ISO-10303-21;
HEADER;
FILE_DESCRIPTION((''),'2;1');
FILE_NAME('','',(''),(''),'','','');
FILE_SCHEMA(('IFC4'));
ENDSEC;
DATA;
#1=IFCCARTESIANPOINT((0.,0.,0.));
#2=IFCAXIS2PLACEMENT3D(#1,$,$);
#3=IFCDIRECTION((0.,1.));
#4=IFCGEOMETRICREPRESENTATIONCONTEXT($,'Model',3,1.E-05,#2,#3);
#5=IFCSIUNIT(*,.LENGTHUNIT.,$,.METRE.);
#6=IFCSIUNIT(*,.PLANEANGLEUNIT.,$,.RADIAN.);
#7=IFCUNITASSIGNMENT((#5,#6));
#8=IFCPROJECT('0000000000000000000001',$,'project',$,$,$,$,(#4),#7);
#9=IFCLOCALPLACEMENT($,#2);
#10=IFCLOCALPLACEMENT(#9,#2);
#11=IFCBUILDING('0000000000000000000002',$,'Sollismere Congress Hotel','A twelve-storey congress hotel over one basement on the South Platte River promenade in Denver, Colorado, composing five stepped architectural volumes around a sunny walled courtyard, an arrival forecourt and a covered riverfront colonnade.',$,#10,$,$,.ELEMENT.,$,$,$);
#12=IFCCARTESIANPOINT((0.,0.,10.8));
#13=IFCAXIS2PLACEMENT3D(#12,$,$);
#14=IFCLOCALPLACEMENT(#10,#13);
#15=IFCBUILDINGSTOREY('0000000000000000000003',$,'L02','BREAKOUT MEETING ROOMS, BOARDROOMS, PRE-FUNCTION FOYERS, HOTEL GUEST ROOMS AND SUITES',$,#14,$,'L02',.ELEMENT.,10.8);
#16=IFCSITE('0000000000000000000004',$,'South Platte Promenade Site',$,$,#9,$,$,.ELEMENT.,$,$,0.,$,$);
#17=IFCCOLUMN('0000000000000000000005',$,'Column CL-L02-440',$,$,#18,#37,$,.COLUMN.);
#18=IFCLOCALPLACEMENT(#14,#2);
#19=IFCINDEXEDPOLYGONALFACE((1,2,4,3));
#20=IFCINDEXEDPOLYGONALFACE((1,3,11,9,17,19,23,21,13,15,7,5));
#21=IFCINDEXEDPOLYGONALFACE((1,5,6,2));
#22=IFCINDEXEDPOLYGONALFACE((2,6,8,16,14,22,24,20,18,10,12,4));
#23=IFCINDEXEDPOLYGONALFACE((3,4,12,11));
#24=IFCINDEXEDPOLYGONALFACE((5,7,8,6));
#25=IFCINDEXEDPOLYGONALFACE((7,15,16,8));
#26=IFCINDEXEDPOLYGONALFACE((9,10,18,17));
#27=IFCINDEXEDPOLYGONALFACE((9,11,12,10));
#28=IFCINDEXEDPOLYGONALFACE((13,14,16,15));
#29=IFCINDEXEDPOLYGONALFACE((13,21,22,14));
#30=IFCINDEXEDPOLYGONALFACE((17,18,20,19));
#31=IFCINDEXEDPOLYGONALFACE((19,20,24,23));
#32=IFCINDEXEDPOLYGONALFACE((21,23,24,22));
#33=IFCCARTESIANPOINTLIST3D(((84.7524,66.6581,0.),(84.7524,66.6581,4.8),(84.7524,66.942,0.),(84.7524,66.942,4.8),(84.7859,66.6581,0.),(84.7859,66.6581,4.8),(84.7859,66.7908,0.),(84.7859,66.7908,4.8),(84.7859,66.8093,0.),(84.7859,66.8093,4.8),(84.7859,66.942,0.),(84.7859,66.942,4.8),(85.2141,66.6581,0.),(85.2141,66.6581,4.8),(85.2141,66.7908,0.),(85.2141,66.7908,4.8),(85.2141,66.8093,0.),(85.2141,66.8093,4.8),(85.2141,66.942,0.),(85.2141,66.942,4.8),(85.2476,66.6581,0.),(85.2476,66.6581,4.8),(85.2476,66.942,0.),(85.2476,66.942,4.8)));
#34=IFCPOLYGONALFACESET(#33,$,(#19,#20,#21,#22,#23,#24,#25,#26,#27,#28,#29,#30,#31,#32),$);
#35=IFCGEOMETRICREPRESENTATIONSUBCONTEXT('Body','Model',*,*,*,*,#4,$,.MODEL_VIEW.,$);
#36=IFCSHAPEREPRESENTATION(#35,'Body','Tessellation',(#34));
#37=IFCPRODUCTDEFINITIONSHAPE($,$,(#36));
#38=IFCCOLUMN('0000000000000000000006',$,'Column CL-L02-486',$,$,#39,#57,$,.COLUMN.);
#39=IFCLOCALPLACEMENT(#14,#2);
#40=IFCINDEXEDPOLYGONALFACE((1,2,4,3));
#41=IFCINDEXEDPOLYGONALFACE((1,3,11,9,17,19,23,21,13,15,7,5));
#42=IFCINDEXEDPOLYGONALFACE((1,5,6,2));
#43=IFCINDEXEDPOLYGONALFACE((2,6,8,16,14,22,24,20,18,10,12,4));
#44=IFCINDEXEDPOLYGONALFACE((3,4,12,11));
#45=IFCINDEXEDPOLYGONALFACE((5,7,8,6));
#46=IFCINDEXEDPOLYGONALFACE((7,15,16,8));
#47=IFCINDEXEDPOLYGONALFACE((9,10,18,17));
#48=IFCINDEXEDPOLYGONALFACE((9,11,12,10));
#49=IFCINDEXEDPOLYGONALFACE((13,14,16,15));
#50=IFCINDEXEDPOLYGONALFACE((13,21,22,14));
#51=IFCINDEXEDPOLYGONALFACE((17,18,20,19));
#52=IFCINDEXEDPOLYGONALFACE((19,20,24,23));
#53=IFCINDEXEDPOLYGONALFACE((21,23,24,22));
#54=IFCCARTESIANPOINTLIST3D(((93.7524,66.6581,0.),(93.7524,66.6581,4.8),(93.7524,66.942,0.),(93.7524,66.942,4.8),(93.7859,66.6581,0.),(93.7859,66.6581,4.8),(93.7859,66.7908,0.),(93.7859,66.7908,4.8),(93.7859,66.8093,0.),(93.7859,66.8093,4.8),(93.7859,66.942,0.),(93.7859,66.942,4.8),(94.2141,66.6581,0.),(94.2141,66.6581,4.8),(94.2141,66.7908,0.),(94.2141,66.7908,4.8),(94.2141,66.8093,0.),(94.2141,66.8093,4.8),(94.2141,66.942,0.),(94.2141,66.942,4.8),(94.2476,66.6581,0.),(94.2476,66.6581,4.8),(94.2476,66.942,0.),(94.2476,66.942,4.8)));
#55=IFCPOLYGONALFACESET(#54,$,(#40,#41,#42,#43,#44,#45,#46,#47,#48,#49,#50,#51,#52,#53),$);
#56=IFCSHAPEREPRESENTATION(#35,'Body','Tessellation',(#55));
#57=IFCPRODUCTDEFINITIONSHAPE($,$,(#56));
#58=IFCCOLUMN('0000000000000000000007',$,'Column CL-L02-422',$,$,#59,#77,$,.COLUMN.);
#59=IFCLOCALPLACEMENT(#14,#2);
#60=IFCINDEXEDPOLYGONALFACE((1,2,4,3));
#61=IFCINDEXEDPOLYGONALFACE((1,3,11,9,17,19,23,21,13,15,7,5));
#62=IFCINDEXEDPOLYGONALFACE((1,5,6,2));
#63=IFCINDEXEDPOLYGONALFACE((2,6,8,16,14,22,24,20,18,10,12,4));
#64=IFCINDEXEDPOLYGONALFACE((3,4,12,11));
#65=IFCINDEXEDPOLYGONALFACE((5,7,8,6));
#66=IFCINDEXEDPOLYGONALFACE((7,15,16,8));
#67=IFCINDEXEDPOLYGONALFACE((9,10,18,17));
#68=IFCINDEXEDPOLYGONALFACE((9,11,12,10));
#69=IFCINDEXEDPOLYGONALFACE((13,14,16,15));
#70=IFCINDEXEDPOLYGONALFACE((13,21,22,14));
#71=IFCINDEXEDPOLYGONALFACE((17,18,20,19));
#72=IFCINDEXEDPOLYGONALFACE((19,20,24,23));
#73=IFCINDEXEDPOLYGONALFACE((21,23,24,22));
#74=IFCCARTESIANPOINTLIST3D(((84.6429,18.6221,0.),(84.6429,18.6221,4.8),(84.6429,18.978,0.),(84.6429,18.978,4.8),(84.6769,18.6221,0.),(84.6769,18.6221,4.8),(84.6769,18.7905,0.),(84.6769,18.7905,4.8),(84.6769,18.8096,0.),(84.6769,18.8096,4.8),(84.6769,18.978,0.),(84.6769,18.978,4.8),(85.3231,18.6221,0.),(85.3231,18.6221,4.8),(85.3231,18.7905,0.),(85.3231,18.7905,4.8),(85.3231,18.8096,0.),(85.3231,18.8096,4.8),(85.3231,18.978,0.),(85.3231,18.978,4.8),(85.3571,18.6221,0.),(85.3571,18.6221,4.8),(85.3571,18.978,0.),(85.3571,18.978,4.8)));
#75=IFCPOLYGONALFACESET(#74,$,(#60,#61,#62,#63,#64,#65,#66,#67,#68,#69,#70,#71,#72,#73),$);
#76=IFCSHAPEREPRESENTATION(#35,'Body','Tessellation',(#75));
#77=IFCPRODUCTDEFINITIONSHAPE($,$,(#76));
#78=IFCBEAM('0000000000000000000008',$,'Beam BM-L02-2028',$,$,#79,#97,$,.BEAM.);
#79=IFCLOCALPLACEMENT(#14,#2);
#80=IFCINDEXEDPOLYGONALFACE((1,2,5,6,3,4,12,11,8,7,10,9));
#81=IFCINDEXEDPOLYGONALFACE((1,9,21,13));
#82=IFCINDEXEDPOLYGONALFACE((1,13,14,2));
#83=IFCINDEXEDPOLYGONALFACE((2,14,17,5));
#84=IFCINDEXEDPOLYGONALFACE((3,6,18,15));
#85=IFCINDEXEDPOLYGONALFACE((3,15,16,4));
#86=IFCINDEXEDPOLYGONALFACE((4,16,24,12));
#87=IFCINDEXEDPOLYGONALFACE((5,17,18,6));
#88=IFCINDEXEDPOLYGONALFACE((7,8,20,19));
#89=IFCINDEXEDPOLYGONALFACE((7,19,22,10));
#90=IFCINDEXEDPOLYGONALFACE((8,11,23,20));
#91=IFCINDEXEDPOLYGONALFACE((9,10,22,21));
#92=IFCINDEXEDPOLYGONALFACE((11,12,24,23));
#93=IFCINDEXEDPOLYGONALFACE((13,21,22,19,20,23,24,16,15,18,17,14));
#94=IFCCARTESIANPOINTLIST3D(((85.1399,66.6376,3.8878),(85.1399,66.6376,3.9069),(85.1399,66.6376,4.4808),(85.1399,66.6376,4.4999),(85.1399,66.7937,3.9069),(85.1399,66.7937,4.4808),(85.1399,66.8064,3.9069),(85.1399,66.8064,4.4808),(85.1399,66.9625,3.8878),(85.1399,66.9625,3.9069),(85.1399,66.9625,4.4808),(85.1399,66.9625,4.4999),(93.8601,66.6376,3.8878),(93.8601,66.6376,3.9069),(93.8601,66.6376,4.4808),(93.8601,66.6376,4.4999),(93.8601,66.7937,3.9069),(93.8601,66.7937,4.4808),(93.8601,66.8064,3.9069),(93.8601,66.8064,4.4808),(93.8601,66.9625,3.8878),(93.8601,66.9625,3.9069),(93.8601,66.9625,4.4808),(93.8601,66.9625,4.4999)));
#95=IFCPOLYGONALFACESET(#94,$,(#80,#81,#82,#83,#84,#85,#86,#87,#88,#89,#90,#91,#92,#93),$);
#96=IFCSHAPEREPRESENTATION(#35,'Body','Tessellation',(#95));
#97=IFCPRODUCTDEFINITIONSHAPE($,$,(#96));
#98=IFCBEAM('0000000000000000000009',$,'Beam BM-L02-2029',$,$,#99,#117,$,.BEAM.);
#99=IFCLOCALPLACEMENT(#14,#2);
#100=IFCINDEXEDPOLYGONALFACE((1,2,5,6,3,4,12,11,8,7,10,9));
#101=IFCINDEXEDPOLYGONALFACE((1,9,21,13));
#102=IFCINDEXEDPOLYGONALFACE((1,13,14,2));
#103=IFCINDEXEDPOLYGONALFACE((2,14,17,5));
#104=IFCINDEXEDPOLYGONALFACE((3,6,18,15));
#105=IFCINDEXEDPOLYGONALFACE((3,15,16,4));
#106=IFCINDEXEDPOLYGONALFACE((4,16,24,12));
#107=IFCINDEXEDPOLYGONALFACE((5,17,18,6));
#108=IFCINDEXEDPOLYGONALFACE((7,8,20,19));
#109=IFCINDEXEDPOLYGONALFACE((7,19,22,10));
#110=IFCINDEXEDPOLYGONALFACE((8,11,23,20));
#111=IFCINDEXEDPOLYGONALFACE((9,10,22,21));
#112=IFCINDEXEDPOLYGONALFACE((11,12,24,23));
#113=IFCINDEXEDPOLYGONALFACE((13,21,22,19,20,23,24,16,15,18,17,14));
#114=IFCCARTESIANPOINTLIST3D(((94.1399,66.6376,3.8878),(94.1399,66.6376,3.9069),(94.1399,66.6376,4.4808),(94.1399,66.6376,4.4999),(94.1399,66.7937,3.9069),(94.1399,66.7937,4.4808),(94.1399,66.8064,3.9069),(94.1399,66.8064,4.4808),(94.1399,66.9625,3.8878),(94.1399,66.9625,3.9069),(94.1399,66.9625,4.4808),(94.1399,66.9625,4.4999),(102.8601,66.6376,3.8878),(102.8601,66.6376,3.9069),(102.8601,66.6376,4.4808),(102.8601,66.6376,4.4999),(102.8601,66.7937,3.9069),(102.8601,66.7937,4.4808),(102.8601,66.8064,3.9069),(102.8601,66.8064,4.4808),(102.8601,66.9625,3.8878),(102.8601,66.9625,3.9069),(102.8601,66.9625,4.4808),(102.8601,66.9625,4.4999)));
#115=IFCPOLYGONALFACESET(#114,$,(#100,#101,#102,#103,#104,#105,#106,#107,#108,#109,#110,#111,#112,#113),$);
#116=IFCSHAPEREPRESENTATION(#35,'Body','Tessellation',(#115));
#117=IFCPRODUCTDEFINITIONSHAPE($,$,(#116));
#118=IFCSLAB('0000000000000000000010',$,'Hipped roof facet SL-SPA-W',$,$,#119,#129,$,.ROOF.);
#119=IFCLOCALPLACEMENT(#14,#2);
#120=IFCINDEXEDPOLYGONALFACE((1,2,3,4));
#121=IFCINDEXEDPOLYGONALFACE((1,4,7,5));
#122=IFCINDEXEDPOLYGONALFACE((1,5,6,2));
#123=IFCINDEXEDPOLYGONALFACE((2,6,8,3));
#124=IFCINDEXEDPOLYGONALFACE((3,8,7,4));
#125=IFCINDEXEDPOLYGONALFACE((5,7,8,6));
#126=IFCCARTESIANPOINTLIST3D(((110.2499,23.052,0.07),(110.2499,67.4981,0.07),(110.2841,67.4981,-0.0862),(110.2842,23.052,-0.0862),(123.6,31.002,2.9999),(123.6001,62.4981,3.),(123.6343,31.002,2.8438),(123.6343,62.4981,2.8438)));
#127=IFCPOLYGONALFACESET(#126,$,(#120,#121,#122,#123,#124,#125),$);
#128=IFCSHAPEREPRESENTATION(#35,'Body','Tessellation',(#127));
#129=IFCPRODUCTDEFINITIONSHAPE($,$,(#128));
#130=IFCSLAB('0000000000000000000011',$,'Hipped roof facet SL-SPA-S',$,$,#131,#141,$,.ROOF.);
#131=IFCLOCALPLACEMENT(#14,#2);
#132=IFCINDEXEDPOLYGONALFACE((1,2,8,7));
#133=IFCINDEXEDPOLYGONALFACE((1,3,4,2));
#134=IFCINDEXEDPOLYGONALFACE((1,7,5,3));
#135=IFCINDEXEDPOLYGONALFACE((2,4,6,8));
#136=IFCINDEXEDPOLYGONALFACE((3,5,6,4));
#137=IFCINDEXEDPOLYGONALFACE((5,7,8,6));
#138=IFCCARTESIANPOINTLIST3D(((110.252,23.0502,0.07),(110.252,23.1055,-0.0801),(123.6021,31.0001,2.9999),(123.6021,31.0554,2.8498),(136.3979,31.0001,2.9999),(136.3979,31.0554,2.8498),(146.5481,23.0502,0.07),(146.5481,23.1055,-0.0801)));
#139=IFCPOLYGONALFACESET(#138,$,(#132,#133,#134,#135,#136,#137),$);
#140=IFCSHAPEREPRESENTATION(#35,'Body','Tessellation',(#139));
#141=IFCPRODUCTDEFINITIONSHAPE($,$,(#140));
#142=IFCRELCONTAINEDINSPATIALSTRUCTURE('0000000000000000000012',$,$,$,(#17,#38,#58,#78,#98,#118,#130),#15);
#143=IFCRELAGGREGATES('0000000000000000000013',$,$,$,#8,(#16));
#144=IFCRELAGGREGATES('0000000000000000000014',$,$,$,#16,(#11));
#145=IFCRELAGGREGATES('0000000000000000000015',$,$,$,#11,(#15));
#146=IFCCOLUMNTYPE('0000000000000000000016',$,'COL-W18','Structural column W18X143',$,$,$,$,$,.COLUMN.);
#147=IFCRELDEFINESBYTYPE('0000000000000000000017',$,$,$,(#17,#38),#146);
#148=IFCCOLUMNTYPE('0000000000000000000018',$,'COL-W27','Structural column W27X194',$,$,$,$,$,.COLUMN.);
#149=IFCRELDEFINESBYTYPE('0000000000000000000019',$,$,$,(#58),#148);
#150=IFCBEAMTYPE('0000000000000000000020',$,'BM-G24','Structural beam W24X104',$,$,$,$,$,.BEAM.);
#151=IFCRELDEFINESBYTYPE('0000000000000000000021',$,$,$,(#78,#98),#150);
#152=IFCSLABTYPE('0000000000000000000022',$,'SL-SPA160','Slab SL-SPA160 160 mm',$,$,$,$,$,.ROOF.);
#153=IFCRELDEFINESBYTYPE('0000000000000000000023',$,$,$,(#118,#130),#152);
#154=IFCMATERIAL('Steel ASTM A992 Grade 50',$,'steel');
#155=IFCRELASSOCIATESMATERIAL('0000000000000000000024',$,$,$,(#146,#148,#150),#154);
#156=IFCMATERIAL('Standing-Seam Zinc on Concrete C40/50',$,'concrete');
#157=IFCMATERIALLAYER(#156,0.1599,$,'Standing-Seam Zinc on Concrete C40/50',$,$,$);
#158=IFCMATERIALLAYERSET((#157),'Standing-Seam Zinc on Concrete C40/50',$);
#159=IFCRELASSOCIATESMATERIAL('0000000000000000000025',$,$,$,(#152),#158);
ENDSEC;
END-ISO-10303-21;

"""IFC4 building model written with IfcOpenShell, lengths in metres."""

from ifc_helpers import new_model, si_unit, direction, frame, origin, origin_2d, place, context, subcontext, project, spatial, polyline, i_section, outline, extrude, material, layer, layer_set, material_profile, profile_set, type_object, element, save


model = new_model("IFC4")

# Units and contexts
model_context = context("Model", 3, precision=1e-05, world=origin(), true_north=direction((0.0, 1.0)))
body_context = subcontext(model_context, "Body", "Model", "MODEL_VIEW")
ifc_project = project(units=[si_unit("LENGTHUNIT", "METRE"), si_unit("PLANEANGLEUNIT", "RADIAN")], contexts=[model_context])

# Site, building, storey
site_placement = place(None, origin())
site = spatial("IfcSite", under=ifc_project, at=site_placement, Name="South Platte Promenade Site", CompositionType="ELEMENT", RefElevation=0.0)
building_placement = place(site_placement, origin())
building = spatial("IfcBuilding", under=site, at=building_placement, Name="Sollismere Congress Hotel", Description="A twelve-storey congress hotel over one basement on the South Platte River promenade in Denver, Colorado, composing five stepped architectural volumes around a sunny walled courtyard, an arrival forecourt and a covered riverfront colonnade.", CompositionType="ELEMENT")
storey_placement = place(building_placement, frame((0.0, 0.0, 10.8)))
storey = spatial("IfcBuildingStorey", under=building, at=storey_placement, Name="L02", Description="BREAKOUT MEETING ROOMS, BOARDROOMS, PRE-FUNCTION FOYERS, HOTEL GUEST ROOMS AND SUITES", LongName="L02", CompositionType="ELEMENT", Elevation=10.8)

# Columns
ifc_material_1 = material(Name="Steel ASTM A992 Grade 50", Category="steel")
ifc_material_profile_1 = material_profile(ifc_material_1, i_section(OverallWidth=0.2839, OverallDepth=0.4951, WebThickness=0.0186, FlangeThickness=0.0334, at=origin_2d()), Name="W18X143")
ifc_profile_set_1 = profile_set([ifc_material_profile_1], Name="Steel ASTM A992 Grade 50")
column_type_1 = type_object("IfcColumnType", Name="COL-W18", Description="Structural column W18X143", PredefinedType="COLUMN", material=ifc_profile_set_1)
for number, where, z_axis, x_axis, name in (
    (1, (85.0, 66.8, 0.0), (0.0, 0.0, 1.0), (0.0, 1.0, 0.0), "Column CL-L02-440"),
    (2, (94.0, 66.8, 0.0), (0.0, 0.0, 1.0), (0.0, 1.0, 0.0), "Column CL-L02-486"),
):
    element("IfcColumn", number, at=place(storey_placement, frame(where, z_axis=z_axis, x_axis=x_axis)), inside=storey, type_object=column_type_1, Name=name, PredefinedType="COLUMN", context=body_context, shape_type="SweptSolid", body=[
        extrude(i_section(OverallWidth=0.2839, OverallDepth=0.4951, WebThickness=0.0186, FlangeThickness=0.0334, at=origin_2d()), origin(), (0.0, 0.0, 1.0), 4.8),
    ])
ifc_material_profile_2 = material_profile(ifc_material_1, i_section(OverallWidth=0.356, OverallDepth=0.7141, WebThickness=0.019, FlangeThickness=0.0339, at=origin_2d()), Name="W27X194")
ifc_profile_set_2 = profile_set([ifc_material_profile_2], Name="Steel ASTM A992 Grade 50")
column_type_2 = type_object("IfcColumnType", Name="COL-W27", Description="Structural column W27X194", PredefinedType="COLUMN", material=ifc_profile_set_2)
column_placement = place(storey_placement, frame((85.0, 18.8, 0.0), z_axis=(0.0, 0.0, 1.0), x_axis=(0.0, 1.0, 0.0)))
element("IfcColumn", 3, at=column_placement, inside=storey, type_object=column_type_2, Name="Column CL-L02-422", PredefinedType="COLUMN", context=body_context, shape_type="SweptSolid", body=[
    extrude(i_section(OverallWidth=0.356, OverallDepth=0.7141, WebThickness=0.019, FlangeThickness=0.0339, at=origin_2d()), origin(), (0.0, 0.0, 1.0), 4.8),
])

# Beams
ifc_material_profile_3 = material_profile(ifc_material_1, i_section(OverallWidth=0.325, OverallDepth=0.6121, WebThickness=0.0127, FlangeThickness=0.019, at=origin_2d()), Name="W24X104")
ifc_profile_set_3 = profile_set([ifc_material_profile_3], Name="Steel ASTM A992 Grade 50")
beam_type = type_object("IfcBeamType", Name="BM-G24", Description="Structural beam W24X104", PredefinedType="BEAM", material=ifc_profile_set_3)
for number, where, z_axis, x_axis, name in (
    (4, (85.1399, 66.8, 4.1938), (1.0, 0.0, 0.0), (0.0, 1.0, 0.0), "Beam BM-L02-2028"),
    (5, (94.1399, 66.8, 4.1938), (1.0, 0.0, 0.0), (0.0, 1.0, 0.0), "Beam BM-L02-2029"),
):
    element("IfcBeam", number, at=place(storey_placement, frame(where, z_axis=z_axis, x_axis=x_axis)), inside=storey, type_object=beam_type, Name=name, PredefinedType="BEAM", context=body_context, shape_type="SweptSolid", body=[
        extrude(i_section(OverallWidth=0.325, OverallDepth=0.6121, WebThickness=0.0127, FlangeThickness=0.019, at=origin_2d()), origin(), (0.0, 0.0, 1.0), 8.7202),
    ])

# Slabs
ifc_material_2 = material(Name="Standing-Seam Zinc on Concrete C40/50", Category="concrete")
ifc_layer_1 = layer(ifc_material_2, 0.1599, Name="Standing-Seam Zinc on Concrete C40/50")
ifc_layer_set_1 = layer_set([ifc_layer_1], Name="Standing-Seam Zinc on Concrete C40/50")
slab_type = type_object("IfcSlabType", Name="SL-SPA160", Description="Slab SL-SPA160 160 mm", PredefinedType="ROOF", material=ifc_layer_set_1)
slab_1_placement = place(storey_placement, frame((110.2842, 23.052, -0.0862), z_axis=(-0.214367, 0.0, 0.976753), x_axis=(0.844315, 0.502788, 0.185301)))
element("IfcSlab", 6, at=slab_1_placement, inside=storey, type_object=slab_type, Name="Hipped roof facet SL-SPA-W", PredefinedType="ROOF", context=body_context, shape_type="SweptSolid", body=[
    extrude(outline(polyline([(0.0, 0.0), (15.8118, 0.0), (31.6477, 27.2256), (22.3469, 38.4197), (0.0, 0.0)])), origin(), (0.0, 0.0, 1.0), 0.1599),
])
slab_2_placement = place(storey_placement, frame((110.252, 23.1055, -0.0801), z_axis=(0.0, -0.34581, 0.938305), x_axis=(1.0, 0.0, 0.0)))
element("IfcSlab", 7, at=slab_2_placement, inside=storey, type_object=slab_type, Name="Hipped roof facet SL-SPA-S", PredefinedType="ROOF", context=body_context, shape_type="SweptSolid", body=[
    extrude(outline(polyline([(0.0, 0.0), (36.2961, 0.0), (26.146, 8.4727), (13.3501, 8.4727), (0.0, 0.0)])), origin(), (0.0, 0.0, 1.0), 0.1599),
])

save(model, "model.ifc")
